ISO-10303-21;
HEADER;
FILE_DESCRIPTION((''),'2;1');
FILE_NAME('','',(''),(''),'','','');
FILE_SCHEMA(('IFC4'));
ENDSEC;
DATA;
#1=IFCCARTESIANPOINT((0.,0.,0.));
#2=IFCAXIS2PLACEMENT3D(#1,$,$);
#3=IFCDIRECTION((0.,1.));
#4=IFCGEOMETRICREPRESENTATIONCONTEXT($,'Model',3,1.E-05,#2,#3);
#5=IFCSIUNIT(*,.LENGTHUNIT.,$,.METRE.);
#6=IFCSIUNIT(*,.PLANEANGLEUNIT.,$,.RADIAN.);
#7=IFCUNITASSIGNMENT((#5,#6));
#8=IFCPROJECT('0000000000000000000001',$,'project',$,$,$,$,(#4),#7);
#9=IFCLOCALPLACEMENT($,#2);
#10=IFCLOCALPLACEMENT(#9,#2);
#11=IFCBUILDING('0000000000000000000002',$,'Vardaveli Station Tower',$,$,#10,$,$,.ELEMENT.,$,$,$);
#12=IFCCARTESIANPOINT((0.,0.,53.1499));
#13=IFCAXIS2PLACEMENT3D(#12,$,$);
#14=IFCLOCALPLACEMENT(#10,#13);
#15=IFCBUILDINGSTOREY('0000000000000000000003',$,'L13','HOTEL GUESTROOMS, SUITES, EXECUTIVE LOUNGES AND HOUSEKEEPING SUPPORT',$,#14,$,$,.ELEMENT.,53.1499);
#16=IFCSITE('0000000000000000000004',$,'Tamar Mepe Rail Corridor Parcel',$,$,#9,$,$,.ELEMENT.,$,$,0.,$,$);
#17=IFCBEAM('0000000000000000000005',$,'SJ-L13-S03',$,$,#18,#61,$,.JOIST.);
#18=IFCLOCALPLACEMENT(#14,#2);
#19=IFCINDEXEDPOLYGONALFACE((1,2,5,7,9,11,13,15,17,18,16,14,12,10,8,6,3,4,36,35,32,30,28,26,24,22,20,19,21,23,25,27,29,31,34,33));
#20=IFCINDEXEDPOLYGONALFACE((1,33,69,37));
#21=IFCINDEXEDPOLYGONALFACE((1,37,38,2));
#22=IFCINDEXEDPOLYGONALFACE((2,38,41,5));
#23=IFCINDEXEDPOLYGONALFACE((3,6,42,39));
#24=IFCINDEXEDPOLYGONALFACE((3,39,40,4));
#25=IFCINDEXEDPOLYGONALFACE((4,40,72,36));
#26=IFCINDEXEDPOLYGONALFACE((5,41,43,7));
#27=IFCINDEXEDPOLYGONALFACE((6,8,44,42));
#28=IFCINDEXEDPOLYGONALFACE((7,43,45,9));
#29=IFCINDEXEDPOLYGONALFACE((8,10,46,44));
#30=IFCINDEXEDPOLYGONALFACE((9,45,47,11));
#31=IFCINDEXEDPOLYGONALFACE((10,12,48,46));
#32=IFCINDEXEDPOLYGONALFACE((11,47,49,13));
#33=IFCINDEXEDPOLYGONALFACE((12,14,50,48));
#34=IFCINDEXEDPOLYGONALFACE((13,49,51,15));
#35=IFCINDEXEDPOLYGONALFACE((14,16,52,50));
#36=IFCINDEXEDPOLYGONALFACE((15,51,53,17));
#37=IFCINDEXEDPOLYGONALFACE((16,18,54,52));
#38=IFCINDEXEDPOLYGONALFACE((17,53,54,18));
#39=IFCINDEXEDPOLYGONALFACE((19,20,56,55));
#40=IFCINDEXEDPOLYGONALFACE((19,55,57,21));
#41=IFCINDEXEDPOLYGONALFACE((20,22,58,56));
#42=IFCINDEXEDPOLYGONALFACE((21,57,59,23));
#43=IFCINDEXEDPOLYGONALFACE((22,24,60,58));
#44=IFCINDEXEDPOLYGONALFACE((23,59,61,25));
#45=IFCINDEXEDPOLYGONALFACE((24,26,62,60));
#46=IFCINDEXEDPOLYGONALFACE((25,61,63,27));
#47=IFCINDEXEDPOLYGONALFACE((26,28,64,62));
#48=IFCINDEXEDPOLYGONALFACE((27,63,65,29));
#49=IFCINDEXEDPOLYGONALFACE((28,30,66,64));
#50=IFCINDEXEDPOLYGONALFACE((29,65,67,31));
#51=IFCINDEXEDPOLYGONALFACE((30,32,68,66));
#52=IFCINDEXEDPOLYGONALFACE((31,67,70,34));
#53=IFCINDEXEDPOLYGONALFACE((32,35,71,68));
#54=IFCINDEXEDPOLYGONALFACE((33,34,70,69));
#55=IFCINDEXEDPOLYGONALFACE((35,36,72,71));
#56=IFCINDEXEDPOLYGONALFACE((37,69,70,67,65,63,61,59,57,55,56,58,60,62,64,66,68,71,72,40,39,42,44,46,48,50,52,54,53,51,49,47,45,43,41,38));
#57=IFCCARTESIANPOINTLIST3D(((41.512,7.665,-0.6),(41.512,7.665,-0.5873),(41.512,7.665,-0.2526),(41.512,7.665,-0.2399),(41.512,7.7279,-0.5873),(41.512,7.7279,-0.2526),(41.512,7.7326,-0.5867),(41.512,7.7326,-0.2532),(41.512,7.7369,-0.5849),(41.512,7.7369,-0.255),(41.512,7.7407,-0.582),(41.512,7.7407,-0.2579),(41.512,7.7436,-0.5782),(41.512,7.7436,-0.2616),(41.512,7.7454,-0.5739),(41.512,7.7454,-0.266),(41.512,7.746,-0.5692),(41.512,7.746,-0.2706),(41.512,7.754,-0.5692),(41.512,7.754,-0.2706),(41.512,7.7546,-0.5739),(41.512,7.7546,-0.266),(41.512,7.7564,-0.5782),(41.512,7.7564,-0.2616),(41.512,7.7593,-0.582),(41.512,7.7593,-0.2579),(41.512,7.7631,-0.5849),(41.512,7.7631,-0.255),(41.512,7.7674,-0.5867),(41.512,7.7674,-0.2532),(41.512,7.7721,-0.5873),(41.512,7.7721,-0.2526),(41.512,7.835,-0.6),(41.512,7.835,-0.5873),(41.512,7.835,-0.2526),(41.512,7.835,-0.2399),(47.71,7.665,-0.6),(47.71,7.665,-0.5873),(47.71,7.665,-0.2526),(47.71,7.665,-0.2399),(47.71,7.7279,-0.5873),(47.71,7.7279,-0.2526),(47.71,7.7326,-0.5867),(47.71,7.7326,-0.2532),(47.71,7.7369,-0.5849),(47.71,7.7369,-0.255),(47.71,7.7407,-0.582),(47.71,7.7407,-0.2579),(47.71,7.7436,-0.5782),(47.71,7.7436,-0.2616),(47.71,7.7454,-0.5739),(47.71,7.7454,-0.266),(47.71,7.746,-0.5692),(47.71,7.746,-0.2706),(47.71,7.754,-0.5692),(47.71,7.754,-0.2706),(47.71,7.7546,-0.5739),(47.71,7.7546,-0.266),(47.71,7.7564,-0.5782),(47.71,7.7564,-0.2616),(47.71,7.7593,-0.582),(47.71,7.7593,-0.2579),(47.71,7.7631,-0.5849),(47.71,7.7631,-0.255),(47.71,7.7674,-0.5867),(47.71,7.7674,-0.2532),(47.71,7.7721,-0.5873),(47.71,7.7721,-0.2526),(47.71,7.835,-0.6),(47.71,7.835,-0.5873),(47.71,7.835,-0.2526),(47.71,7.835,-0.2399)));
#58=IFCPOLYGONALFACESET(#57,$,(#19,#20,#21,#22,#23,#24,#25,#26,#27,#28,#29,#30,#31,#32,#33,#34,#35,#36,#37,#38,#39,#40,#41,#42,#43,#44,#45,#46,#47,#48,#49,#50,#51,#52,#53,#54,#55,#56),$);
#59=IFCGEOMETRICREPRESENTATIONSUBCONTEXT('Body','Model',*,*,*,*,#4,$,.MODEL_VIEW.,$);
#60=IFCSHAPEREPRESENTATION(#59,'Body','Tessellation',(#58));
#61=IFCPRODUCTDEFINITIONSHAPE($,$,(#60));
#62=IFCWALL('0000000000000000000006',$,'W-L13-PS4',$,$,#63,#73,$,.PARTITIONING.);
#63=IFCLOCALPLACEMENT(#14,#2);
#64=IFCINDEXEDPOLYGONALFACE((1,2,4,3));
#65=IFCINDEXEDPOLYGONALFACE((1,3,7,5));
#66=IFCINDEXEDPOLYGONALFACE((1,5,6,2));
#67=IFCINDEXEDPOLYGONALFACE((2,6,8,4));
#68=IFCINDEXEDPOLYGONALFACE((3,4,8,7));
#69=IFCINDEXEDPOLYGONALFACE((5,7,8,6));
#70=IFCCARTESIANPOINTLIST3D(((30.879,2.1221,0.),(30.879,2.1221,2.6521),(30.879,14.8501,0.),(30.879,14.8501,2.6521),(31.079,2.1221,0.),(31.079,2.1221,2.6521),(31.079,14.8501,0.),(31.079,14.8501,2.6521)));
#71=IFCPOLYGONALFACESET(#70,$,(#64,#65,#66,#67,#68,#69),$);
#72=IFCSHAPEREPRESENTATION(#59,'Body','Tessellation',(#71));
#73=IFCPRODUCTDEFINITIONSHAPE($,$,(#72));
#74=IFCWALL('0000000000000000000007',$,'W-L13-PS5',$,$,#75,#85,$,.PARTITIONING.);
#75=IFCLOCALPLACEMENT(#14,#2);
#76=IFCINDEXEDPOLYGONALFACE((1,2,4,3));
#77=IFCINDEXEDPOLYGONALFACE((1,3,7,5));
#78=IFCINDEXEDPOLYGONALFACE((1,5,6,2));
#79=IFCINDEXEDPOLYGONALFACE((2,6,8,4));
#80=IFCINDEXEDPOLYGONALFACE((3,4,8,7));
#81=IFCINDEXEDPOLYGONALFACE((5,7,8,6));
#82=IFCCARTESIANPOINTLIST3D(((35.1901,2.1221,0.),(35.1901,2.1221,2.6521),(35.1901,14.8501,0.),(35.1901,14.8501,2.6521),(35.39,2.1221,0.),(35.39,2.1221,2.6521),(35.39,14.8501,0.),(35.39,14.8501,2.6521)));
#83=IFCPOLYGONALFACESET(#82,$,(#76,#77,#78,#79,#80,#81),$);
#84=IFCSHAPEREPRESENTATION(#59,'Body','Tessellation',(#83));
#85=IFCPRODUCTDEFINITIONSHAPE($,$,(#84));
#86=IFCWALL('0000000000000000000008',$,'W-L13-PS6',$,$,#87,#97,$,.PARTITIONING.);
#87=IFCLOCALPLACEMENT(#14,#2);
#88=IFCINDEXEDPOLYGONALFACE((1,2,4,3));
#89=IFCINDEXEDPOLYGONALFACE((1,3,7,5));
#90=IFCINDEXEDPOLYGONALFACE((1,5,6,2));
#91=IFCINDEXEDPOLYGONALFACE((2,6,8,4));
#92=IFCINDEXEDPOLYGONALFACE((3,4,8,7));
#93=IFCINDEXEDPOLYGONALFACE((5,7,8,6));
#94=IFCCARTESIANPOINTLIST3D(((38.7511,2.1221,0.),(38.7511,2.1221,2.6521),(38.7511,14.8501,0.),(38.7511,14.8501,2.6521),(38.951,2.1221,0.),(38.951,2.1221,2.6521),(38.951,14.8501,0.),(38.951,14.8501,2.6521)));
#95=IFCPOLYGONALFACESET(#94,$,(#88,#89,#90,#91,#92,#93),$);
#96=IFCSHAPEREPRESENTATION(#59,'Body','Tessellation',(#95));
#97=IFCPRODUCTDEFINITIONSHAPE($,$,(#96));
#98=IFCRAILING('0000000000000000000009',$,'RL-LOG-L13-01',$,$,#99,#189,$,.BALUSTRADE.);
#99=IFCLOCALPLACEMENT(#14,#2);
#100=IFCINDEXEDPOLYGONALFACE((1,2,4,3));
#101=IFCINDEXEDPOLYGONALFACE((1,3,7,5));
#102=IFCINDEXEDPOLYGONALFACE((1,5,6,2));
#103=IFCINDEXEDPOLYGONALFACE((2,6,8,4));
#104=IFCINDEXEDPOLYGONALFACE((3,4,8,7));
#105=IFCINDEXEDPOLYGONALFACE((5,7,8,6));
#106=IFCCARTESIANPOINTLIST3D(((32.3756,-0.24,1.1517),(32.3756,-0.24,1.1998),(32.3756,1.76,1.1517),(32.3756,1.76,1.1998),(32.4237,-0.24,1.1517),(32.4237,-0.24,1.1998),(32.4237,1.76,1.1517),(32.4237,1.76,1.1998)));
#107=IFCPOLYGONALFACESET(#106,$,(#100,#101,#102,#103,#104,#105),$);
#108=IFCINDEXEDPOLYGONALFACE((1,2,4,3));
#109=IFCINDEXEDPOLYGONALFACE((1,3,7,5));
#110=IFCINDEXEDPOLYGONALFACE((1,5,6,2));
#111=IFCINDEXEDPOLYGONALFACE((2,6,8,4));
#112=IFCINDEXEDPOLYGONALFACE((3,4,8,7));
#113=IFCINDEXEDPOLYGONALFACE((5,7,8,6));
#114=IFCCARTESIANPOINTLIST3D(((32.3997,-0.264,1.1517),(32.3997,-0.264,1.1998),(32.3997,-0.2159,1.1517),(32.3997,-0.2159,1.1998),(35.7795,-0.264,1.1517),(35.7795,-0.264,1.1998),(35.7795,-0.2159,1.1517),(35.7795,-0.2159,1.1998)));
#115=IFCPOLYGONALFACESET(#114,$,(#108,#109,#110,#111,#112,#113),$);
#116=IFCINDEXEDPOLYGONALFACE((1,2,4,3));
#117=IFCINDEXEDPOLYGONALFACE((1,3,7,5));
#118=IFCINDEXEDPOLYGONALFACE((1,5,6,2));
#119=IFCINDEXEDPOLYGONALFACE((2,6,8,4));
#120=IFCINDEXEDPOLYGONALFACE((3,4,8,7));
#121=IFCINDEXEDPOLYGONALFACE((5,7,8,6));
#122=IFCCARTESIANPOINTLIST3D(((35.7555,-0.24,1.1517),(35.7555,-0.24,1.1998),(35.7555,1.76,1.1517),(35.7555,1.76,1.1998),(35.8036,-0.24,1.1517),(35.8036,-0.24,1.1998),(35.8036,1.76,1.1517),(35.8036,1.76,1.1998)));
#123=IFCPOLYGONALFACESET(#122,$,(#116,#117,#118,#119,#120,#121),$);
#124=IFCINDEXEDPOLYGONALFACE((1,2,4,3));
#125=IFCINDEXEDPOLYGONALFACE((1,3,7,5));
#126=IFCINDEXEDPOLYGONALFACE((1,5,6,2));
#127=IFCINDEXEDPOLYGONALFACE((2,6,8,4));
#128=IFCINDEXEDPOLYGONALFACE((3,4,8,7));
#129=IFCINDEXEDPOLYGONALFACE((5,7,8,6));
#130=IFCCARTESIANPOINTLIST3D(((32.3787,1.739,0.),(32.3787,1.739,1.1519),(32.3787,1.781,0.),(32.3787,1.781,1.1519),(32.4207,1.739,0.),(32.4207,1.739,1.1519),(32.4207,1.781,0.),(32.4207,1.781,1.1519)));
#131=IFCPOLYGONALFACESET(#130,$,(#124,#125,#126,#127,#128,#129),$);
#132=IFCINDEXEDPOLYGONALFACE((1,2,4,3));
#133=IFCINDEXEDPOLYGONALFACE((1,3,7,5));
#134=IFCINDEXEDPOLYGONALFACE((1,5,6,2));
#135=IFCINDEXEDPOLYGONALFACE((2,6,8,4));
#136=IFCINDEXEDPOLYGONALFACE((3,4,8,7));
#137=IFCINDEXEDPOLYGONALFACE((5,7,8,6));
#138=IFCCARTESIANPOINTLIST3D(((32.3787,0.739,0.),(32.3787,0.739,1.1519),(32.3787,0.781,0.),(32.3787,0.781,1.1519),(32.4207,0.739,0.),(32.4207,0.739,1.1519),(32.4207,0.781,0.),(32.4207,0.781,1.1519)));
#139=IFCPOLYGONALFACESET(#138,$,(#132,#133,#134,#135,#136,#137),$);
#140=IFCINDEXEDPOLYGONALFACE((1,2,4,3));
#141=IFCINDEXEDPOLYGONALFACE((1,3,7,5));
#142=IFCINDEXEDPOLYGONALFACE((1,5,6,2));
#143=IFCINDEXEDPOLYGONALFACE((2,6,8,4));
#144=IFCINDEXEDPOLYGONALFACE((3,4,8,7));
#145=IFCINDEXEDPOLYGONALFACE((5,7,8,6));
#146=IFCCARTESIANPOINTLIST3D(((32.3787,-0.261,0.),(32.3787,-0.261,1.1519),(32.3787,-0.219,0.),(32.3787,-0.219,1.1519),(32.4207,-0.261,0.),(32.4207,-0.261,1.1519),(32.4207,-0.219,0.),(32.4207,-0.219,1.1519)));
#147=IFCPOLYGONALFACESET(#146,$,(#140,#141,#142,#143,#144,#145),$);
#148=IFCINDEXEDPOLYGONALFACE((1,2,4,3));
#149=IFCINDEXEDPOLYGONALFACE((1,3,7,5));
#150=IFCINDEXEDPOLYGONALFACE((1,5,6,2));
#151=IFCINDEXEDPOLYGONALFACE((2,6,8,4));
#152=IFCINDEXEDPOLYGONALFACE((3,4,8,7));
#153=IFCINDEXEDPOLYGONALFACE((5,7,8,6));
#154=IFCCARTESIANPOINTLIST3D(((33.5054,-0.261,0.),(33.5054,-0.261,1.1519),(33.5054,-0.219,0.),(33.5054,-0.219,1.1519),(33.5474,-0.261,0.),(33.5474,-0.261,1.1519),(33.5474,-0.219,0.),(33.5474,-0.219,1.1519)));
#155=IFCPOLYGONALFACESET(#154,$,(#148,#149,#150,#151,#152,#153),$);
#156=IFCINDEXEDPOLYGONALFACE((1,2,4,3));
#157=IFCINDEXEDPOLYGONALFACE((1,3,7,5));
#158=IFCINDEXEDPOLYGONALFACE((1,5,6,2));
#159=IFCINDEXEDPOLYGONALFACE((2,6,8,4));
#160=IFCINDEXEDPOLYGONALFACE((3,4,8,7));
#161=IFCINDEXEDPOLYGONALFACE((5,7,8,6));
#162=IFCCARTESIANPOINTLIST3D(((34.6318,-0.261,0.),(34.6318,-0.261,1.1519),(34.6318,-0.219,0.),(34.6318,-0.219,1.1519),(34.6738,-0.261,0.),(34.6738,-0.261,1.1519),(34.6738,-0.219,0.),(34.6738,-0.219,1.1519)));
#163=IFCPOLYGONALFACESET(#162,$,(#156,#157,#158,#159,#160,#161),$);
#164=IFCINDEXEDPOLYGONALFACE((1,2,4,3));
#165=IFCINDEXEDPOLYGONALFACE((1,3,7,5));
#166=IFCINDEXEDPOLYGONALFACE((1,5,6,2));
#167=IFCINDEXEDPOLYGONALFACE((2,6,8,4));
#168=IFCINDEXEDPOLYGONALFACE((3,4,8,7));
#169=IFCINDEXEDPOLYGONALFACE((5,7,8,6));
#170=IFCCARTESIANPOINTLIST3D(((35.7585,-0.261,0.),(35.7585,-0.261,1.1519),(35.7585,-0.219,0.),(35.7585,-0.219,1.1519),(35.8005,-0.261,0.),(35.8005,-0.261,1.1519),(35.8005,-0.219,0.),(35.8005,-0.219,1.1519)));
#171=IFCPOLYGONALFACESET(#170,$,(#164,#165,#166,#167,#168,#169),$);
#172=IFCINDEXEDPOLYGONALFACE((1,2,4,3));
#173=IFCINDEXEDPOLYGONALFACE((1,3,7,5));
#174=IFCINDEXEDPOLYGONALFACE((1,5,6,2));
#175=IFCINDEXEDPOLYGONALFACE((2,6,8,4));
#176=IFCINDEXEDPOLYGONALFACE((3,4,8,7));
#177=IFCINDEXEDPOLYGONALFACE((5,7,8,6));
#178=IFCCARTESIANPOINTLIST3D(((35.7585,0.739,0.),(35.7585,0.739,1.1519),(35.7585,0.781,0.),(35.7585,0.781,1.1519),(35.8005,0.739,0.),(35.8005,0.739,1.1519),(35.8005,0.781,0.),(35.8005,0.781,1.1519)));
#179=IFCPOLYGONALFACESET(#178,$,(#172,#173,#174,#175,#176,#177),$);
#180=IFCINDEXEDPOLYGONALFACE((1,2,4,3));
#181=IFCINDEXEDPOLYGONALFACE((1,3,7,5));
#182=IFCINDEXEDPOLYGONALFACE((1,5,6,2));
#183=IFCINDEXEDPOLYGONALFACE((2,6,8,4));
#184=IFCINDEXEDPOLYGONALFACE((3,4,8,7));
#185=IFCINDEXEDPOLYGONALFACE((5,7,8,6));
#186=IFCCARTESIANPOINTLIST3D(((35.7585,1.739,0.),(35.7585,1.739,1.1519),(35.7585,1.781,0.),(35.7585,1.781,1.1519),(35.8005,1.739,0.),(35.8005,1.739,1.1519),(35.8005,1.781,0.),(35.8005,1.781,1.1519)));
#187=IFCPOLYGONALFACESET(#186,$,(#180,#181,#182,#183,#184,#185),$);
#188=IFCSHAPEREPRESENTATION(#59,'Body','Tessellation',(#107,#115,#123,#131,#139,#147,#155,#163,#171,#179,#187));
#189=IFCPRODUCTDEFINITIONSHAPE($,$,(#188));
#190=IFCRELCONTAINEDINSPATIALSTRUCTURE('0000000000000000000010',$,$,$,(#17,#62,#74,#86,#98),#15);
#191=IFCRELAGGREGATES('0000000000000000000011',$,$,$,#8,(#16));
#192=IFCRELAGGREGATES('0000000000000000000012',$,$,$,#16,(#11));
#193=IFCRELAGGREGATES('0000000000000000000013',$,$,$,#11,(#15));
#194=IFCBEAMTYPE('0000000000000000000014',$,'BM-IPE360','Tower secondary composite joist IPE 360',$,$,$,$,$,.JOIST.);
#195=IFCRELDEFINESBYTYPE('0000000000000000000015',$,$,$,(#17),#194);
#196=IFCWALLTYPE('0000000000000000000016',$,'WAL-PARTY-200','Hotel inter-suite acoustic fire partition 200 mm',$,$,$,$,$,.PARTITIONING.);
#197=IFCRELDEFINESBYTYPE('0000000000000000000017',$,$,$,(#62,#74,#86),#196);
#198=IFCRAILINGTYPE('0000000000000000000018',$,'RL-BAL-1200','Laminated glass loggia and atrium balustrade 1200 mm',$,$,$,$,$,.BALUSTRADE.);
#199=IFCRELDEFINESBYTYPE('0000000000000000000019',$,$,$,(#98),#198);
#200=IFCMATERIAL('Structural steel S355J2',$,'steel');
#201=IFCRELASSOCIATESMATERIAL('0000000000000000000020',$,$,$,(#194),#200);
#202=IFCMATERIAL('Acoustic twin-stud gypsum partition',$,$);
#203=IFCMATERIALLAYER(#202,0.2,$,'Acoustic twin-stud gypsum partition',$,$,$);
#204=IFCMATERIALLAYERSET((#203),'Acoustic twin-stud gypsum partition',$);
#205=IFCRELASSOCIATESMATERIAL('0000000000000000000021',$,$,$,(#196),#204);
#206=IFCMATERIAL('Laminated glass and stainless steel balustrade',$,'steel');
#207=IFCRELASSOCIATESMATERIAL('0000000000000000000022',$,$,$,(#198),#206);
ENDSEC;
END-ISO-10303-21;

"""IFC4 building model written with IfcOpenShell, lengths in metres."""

from ifc_helpers import new_model, si_unit, direction, frame, frame_2d, origin, origin_2d, place, context, subcontext, project, spatial, rectangle, i_section, extrude, source, transform, mapped, material, layer, layer_set, material_profile, profile_set, type_object, element, save


model = new_model("IFC4")

# Units and contexts
model_context = context("Model", 3, precision=1e-05, world=origin(), true_north=direction((0.0, 1.0)))
body_context = subcontext(model_context, "Body", "Model", "MODEL_VIEW")
ifc_project = project(units=[si_unit("LENGTHUNIT", "METRE"), si_unit("PLANEANGLEUNIT", "RADIAN")], contexts=[model_context])

# Site, building, storey
site_placement = place(None, origin())
site = spatial("IfcSite", under=ifc_project, at=site_placement, Name="Tamar Mepe Rail Corridor Parcel", CompositionType="ELEMENT", RefElevation=0.0)
building_placement = place(site_placement, origin())
building = spatial("IfcBuilding", under=site, at=building_placement, Name="Vardaveli Station Tower", CompositionType="ELEMENT")
storey_placement = place(building_placement, frame((0.0, 0.0, 53.1499)))
storey = spatial("IfcBuildingStorey", under=building, at=storey_placement, Name="L13", Description="HOTEL GUESTROOMS, SUITES, EXECUTIVE LOUNGES AND HOUSEKEEPING SUPPORT", CompositionType="ELEMENT", Elevation=53.1499)

# Beam
ifc_material_1 = material(Name="Structural steel S355J2", Category="steel")
ifc_material_profile_1 = material_profile(ifc_material_1, i_section(OverallWidth=0.1699, OverallDepth=0.3601, WebThickness=0.0081, FlangeThickness=0.0127, FilletRadius=0.0181, at=origin_2d()), Name="IPE 360")
ifc_profile_set_1 = profile_set([ifc_material_profile_1], Name="Structural steel S355J2")
beam_type_1 = type_object("IfcBeamType", Name="BM-IPE360", Description="Tower secondary composite joist IPE 360", PredefinedType="JOIST", material=ifc_profile_set_1)
shared_shape_1 = source(origin(), body_context, "Body", "SweptSolid", [
    extrude(i_section(OverallWidth=0.1699, OverallDepth=0.3601, WebThickness=0.0081, FlangeThickness=0.0127, FilletRadius=0.0181, at=origin_2d()), origin(), (0.0, 0.0, 1.0), 6.198),
])
beam_1_placement = place(storey_placement, frame((41.512, 7.75, -0.4199), z_axis=(1.0, 0.0, 0.0), x_axis=(0.0, 1.0, 0.0)))
element("IfcBeam", 1, at=beam_1_placement, inside=storey, type_object=beam_type_1, Name="SJ-L13-S03", PredefinedType="JOIST", context=body_context, shape_type="MappedRepresentation", body=[
    mapped(shared_shape_1, transform((0.0, 0.0, 0.0), scale=1.0)),
])

# Walls
ifc_material_2 = material(Name="Acoustic twin-stud gypsum partition")
ifc_layer = layer(ifc_material_2, 0.2, Name="Acoustic twin-stud gypsum partition")
ifc_layer_set = layer_set([ifc_layer], Name="Acoustic twin-stud gypsum partition")
wall_type = type_object("IfcWallType", Name="WAL-PARTY-200", Description="Hotel inter-suite acoustic fire partition 200 mm", PredefinedType="PARTITIONING", material=ifc_layer_set)
shared_shape_2 = source(origin(), body_context, "Body", "SweptSolid", [
    extrude(rectangle(XDim=12.728, YDim=0.2, at=frame_2d((6.364, 0.0))), origin(), (0.0, 0.0, 1.0), 2.6521),
])
for number, where, z_axis, x_axis, name in (
    (2, (30.979, 2.1221, 0.0), (0.0, 0.0, 1.0), (0.0, 1.0, 0.0), "W-L13-PS4"),
    (3, (35.29, 2.1221, 0.0), (0.0, 0.0, 1.0), (0.0, 1.0, 0.0), "W-L13-PS5"),
    (4, (38.8511, 2.1221, 0.0), (0.0, 0.0, 1.0), (0.0, 1.0, 0.0), "W-L13-PS6"),
):
    element("IfcWall", number, at=place(storey_placement, frame(where, z_axis=z_axis, x_axis=x_axis)), inside=storey, type_object=wall_type, Name=name, PredefinedType="PARTITIONING", context=body_context, shape_type="MappedRepresentation", body=[
        mapped(shared_shape_2, transform((0.0, 0.0, 0.0), scale=1.0)),
    ])

# Railing
ifc_material_3 = material(Name="Laminated glass and stainless steel balustrade", Category="steel")
railing_type = type_object("IfcRailingType", Name="RL-BAL-1200", Description="Laminated glass loggia and atrium balustrade 1200 mm", PredefinedType="BALUSTRADE", material=ifc_material_3)
shared_shape_3 = source(origin(), body_context, "Body", "SweptSolid", [
    extrude(rectangle(XDim=0.0481, YDim=0.0481, at=origin_2d()), frame((0.0, 0.0, 1.1758), z_axis=(0.0, -1.0, 0.0), x_axis=(1.0, 0.0, 0.0)), (0.0, 0.0, 1.0), 2.0),
    extrude(rectangle(XDim=0.0481, YDim=0.0481, at=origin_2d()), frame((0.0, -2.0, 1.1758), z_axis=(1.0, 0.0, 0.0), x_axis=(0.0, 1.0, 0.0)), (0.0, 0.0, 1.0), 3.3799),
    extrude(rectangle(XDim=0.0481, YDim=0.0481, at=origin_2d()), frame((3.3799, -2.0, 1.1758), z_axis=(0.0, 1.0, 0.0), x_axis=(-1.0, 0.0, 0.0)), (0.0, 0.0, 1.0), 2.0),
    extrude(rectangle(XDim=0.042, YDim=0.042, at=origin_2d()), origin(), (0.0, 0.0, 1.0), 1.1519),
    extrude(rectangle(XDim=0.042, YDim=0.042, at=origin_2d()), frame((0.0, -1.0, 0.0)), (0.0, 0.0, 1.0), 1.1519),
    extrude(rectangle(XDim=0.042, YDim=0.042, at=origin_2d()), frame((0.0, -2.0, 0.0)), (0.0, 0.0, 1.0), 1.1519),
    extrude(rectangle(XDim=0.042, YDim=0.042, at=origin_2d()), frame((1.1267, -2.0, 0.0)), (0.0, 0.0, 1.0), 1.1519),
    extrude(rectangle(XDim=0.042, YDim=0.042, at=origin_2d()), frame((2.2532, -2.0, 0.0)), (0.0, 0.0, 1.0), 1.1519),
    extrude(rectangle(XDim=0.042, YDim=0.042, at=origin_2d()), frame((3.3799, -2.0, 0.0)), (0.0, 0.0, 1.0), 1.1519),
    extrude(rectangle(XDim=0.042, YDim=0.042, at=origin_2d()), frame((3.3799, -1.0, 0.0)), (0.0, 0.0, 1.0), 1.1519),
    extrude(rectangle(XDim=0.042, YDim=0.042, at=origin_2d()), frame((3.3799, 0.0, 0.0)), (0.0, 0.0, 1.0), 1.1519),
])
railing_1_placement = place(storey_placement, frame((32.3997, 1.76, 0.0)))
element("IfcRailing", 5, at=railing_1_placement, inside=storey, type_object=railing_type, Name="RL-LOG-L13-01", PredefinedType="BALUSTRADE", context=body_context, shape_type="MappedRepresentation", body=[
    mapped(shared_shape_3, transform((0.0, 0.0, 0.0), scale=1.0)),
])

save(model, "model.ifc")
